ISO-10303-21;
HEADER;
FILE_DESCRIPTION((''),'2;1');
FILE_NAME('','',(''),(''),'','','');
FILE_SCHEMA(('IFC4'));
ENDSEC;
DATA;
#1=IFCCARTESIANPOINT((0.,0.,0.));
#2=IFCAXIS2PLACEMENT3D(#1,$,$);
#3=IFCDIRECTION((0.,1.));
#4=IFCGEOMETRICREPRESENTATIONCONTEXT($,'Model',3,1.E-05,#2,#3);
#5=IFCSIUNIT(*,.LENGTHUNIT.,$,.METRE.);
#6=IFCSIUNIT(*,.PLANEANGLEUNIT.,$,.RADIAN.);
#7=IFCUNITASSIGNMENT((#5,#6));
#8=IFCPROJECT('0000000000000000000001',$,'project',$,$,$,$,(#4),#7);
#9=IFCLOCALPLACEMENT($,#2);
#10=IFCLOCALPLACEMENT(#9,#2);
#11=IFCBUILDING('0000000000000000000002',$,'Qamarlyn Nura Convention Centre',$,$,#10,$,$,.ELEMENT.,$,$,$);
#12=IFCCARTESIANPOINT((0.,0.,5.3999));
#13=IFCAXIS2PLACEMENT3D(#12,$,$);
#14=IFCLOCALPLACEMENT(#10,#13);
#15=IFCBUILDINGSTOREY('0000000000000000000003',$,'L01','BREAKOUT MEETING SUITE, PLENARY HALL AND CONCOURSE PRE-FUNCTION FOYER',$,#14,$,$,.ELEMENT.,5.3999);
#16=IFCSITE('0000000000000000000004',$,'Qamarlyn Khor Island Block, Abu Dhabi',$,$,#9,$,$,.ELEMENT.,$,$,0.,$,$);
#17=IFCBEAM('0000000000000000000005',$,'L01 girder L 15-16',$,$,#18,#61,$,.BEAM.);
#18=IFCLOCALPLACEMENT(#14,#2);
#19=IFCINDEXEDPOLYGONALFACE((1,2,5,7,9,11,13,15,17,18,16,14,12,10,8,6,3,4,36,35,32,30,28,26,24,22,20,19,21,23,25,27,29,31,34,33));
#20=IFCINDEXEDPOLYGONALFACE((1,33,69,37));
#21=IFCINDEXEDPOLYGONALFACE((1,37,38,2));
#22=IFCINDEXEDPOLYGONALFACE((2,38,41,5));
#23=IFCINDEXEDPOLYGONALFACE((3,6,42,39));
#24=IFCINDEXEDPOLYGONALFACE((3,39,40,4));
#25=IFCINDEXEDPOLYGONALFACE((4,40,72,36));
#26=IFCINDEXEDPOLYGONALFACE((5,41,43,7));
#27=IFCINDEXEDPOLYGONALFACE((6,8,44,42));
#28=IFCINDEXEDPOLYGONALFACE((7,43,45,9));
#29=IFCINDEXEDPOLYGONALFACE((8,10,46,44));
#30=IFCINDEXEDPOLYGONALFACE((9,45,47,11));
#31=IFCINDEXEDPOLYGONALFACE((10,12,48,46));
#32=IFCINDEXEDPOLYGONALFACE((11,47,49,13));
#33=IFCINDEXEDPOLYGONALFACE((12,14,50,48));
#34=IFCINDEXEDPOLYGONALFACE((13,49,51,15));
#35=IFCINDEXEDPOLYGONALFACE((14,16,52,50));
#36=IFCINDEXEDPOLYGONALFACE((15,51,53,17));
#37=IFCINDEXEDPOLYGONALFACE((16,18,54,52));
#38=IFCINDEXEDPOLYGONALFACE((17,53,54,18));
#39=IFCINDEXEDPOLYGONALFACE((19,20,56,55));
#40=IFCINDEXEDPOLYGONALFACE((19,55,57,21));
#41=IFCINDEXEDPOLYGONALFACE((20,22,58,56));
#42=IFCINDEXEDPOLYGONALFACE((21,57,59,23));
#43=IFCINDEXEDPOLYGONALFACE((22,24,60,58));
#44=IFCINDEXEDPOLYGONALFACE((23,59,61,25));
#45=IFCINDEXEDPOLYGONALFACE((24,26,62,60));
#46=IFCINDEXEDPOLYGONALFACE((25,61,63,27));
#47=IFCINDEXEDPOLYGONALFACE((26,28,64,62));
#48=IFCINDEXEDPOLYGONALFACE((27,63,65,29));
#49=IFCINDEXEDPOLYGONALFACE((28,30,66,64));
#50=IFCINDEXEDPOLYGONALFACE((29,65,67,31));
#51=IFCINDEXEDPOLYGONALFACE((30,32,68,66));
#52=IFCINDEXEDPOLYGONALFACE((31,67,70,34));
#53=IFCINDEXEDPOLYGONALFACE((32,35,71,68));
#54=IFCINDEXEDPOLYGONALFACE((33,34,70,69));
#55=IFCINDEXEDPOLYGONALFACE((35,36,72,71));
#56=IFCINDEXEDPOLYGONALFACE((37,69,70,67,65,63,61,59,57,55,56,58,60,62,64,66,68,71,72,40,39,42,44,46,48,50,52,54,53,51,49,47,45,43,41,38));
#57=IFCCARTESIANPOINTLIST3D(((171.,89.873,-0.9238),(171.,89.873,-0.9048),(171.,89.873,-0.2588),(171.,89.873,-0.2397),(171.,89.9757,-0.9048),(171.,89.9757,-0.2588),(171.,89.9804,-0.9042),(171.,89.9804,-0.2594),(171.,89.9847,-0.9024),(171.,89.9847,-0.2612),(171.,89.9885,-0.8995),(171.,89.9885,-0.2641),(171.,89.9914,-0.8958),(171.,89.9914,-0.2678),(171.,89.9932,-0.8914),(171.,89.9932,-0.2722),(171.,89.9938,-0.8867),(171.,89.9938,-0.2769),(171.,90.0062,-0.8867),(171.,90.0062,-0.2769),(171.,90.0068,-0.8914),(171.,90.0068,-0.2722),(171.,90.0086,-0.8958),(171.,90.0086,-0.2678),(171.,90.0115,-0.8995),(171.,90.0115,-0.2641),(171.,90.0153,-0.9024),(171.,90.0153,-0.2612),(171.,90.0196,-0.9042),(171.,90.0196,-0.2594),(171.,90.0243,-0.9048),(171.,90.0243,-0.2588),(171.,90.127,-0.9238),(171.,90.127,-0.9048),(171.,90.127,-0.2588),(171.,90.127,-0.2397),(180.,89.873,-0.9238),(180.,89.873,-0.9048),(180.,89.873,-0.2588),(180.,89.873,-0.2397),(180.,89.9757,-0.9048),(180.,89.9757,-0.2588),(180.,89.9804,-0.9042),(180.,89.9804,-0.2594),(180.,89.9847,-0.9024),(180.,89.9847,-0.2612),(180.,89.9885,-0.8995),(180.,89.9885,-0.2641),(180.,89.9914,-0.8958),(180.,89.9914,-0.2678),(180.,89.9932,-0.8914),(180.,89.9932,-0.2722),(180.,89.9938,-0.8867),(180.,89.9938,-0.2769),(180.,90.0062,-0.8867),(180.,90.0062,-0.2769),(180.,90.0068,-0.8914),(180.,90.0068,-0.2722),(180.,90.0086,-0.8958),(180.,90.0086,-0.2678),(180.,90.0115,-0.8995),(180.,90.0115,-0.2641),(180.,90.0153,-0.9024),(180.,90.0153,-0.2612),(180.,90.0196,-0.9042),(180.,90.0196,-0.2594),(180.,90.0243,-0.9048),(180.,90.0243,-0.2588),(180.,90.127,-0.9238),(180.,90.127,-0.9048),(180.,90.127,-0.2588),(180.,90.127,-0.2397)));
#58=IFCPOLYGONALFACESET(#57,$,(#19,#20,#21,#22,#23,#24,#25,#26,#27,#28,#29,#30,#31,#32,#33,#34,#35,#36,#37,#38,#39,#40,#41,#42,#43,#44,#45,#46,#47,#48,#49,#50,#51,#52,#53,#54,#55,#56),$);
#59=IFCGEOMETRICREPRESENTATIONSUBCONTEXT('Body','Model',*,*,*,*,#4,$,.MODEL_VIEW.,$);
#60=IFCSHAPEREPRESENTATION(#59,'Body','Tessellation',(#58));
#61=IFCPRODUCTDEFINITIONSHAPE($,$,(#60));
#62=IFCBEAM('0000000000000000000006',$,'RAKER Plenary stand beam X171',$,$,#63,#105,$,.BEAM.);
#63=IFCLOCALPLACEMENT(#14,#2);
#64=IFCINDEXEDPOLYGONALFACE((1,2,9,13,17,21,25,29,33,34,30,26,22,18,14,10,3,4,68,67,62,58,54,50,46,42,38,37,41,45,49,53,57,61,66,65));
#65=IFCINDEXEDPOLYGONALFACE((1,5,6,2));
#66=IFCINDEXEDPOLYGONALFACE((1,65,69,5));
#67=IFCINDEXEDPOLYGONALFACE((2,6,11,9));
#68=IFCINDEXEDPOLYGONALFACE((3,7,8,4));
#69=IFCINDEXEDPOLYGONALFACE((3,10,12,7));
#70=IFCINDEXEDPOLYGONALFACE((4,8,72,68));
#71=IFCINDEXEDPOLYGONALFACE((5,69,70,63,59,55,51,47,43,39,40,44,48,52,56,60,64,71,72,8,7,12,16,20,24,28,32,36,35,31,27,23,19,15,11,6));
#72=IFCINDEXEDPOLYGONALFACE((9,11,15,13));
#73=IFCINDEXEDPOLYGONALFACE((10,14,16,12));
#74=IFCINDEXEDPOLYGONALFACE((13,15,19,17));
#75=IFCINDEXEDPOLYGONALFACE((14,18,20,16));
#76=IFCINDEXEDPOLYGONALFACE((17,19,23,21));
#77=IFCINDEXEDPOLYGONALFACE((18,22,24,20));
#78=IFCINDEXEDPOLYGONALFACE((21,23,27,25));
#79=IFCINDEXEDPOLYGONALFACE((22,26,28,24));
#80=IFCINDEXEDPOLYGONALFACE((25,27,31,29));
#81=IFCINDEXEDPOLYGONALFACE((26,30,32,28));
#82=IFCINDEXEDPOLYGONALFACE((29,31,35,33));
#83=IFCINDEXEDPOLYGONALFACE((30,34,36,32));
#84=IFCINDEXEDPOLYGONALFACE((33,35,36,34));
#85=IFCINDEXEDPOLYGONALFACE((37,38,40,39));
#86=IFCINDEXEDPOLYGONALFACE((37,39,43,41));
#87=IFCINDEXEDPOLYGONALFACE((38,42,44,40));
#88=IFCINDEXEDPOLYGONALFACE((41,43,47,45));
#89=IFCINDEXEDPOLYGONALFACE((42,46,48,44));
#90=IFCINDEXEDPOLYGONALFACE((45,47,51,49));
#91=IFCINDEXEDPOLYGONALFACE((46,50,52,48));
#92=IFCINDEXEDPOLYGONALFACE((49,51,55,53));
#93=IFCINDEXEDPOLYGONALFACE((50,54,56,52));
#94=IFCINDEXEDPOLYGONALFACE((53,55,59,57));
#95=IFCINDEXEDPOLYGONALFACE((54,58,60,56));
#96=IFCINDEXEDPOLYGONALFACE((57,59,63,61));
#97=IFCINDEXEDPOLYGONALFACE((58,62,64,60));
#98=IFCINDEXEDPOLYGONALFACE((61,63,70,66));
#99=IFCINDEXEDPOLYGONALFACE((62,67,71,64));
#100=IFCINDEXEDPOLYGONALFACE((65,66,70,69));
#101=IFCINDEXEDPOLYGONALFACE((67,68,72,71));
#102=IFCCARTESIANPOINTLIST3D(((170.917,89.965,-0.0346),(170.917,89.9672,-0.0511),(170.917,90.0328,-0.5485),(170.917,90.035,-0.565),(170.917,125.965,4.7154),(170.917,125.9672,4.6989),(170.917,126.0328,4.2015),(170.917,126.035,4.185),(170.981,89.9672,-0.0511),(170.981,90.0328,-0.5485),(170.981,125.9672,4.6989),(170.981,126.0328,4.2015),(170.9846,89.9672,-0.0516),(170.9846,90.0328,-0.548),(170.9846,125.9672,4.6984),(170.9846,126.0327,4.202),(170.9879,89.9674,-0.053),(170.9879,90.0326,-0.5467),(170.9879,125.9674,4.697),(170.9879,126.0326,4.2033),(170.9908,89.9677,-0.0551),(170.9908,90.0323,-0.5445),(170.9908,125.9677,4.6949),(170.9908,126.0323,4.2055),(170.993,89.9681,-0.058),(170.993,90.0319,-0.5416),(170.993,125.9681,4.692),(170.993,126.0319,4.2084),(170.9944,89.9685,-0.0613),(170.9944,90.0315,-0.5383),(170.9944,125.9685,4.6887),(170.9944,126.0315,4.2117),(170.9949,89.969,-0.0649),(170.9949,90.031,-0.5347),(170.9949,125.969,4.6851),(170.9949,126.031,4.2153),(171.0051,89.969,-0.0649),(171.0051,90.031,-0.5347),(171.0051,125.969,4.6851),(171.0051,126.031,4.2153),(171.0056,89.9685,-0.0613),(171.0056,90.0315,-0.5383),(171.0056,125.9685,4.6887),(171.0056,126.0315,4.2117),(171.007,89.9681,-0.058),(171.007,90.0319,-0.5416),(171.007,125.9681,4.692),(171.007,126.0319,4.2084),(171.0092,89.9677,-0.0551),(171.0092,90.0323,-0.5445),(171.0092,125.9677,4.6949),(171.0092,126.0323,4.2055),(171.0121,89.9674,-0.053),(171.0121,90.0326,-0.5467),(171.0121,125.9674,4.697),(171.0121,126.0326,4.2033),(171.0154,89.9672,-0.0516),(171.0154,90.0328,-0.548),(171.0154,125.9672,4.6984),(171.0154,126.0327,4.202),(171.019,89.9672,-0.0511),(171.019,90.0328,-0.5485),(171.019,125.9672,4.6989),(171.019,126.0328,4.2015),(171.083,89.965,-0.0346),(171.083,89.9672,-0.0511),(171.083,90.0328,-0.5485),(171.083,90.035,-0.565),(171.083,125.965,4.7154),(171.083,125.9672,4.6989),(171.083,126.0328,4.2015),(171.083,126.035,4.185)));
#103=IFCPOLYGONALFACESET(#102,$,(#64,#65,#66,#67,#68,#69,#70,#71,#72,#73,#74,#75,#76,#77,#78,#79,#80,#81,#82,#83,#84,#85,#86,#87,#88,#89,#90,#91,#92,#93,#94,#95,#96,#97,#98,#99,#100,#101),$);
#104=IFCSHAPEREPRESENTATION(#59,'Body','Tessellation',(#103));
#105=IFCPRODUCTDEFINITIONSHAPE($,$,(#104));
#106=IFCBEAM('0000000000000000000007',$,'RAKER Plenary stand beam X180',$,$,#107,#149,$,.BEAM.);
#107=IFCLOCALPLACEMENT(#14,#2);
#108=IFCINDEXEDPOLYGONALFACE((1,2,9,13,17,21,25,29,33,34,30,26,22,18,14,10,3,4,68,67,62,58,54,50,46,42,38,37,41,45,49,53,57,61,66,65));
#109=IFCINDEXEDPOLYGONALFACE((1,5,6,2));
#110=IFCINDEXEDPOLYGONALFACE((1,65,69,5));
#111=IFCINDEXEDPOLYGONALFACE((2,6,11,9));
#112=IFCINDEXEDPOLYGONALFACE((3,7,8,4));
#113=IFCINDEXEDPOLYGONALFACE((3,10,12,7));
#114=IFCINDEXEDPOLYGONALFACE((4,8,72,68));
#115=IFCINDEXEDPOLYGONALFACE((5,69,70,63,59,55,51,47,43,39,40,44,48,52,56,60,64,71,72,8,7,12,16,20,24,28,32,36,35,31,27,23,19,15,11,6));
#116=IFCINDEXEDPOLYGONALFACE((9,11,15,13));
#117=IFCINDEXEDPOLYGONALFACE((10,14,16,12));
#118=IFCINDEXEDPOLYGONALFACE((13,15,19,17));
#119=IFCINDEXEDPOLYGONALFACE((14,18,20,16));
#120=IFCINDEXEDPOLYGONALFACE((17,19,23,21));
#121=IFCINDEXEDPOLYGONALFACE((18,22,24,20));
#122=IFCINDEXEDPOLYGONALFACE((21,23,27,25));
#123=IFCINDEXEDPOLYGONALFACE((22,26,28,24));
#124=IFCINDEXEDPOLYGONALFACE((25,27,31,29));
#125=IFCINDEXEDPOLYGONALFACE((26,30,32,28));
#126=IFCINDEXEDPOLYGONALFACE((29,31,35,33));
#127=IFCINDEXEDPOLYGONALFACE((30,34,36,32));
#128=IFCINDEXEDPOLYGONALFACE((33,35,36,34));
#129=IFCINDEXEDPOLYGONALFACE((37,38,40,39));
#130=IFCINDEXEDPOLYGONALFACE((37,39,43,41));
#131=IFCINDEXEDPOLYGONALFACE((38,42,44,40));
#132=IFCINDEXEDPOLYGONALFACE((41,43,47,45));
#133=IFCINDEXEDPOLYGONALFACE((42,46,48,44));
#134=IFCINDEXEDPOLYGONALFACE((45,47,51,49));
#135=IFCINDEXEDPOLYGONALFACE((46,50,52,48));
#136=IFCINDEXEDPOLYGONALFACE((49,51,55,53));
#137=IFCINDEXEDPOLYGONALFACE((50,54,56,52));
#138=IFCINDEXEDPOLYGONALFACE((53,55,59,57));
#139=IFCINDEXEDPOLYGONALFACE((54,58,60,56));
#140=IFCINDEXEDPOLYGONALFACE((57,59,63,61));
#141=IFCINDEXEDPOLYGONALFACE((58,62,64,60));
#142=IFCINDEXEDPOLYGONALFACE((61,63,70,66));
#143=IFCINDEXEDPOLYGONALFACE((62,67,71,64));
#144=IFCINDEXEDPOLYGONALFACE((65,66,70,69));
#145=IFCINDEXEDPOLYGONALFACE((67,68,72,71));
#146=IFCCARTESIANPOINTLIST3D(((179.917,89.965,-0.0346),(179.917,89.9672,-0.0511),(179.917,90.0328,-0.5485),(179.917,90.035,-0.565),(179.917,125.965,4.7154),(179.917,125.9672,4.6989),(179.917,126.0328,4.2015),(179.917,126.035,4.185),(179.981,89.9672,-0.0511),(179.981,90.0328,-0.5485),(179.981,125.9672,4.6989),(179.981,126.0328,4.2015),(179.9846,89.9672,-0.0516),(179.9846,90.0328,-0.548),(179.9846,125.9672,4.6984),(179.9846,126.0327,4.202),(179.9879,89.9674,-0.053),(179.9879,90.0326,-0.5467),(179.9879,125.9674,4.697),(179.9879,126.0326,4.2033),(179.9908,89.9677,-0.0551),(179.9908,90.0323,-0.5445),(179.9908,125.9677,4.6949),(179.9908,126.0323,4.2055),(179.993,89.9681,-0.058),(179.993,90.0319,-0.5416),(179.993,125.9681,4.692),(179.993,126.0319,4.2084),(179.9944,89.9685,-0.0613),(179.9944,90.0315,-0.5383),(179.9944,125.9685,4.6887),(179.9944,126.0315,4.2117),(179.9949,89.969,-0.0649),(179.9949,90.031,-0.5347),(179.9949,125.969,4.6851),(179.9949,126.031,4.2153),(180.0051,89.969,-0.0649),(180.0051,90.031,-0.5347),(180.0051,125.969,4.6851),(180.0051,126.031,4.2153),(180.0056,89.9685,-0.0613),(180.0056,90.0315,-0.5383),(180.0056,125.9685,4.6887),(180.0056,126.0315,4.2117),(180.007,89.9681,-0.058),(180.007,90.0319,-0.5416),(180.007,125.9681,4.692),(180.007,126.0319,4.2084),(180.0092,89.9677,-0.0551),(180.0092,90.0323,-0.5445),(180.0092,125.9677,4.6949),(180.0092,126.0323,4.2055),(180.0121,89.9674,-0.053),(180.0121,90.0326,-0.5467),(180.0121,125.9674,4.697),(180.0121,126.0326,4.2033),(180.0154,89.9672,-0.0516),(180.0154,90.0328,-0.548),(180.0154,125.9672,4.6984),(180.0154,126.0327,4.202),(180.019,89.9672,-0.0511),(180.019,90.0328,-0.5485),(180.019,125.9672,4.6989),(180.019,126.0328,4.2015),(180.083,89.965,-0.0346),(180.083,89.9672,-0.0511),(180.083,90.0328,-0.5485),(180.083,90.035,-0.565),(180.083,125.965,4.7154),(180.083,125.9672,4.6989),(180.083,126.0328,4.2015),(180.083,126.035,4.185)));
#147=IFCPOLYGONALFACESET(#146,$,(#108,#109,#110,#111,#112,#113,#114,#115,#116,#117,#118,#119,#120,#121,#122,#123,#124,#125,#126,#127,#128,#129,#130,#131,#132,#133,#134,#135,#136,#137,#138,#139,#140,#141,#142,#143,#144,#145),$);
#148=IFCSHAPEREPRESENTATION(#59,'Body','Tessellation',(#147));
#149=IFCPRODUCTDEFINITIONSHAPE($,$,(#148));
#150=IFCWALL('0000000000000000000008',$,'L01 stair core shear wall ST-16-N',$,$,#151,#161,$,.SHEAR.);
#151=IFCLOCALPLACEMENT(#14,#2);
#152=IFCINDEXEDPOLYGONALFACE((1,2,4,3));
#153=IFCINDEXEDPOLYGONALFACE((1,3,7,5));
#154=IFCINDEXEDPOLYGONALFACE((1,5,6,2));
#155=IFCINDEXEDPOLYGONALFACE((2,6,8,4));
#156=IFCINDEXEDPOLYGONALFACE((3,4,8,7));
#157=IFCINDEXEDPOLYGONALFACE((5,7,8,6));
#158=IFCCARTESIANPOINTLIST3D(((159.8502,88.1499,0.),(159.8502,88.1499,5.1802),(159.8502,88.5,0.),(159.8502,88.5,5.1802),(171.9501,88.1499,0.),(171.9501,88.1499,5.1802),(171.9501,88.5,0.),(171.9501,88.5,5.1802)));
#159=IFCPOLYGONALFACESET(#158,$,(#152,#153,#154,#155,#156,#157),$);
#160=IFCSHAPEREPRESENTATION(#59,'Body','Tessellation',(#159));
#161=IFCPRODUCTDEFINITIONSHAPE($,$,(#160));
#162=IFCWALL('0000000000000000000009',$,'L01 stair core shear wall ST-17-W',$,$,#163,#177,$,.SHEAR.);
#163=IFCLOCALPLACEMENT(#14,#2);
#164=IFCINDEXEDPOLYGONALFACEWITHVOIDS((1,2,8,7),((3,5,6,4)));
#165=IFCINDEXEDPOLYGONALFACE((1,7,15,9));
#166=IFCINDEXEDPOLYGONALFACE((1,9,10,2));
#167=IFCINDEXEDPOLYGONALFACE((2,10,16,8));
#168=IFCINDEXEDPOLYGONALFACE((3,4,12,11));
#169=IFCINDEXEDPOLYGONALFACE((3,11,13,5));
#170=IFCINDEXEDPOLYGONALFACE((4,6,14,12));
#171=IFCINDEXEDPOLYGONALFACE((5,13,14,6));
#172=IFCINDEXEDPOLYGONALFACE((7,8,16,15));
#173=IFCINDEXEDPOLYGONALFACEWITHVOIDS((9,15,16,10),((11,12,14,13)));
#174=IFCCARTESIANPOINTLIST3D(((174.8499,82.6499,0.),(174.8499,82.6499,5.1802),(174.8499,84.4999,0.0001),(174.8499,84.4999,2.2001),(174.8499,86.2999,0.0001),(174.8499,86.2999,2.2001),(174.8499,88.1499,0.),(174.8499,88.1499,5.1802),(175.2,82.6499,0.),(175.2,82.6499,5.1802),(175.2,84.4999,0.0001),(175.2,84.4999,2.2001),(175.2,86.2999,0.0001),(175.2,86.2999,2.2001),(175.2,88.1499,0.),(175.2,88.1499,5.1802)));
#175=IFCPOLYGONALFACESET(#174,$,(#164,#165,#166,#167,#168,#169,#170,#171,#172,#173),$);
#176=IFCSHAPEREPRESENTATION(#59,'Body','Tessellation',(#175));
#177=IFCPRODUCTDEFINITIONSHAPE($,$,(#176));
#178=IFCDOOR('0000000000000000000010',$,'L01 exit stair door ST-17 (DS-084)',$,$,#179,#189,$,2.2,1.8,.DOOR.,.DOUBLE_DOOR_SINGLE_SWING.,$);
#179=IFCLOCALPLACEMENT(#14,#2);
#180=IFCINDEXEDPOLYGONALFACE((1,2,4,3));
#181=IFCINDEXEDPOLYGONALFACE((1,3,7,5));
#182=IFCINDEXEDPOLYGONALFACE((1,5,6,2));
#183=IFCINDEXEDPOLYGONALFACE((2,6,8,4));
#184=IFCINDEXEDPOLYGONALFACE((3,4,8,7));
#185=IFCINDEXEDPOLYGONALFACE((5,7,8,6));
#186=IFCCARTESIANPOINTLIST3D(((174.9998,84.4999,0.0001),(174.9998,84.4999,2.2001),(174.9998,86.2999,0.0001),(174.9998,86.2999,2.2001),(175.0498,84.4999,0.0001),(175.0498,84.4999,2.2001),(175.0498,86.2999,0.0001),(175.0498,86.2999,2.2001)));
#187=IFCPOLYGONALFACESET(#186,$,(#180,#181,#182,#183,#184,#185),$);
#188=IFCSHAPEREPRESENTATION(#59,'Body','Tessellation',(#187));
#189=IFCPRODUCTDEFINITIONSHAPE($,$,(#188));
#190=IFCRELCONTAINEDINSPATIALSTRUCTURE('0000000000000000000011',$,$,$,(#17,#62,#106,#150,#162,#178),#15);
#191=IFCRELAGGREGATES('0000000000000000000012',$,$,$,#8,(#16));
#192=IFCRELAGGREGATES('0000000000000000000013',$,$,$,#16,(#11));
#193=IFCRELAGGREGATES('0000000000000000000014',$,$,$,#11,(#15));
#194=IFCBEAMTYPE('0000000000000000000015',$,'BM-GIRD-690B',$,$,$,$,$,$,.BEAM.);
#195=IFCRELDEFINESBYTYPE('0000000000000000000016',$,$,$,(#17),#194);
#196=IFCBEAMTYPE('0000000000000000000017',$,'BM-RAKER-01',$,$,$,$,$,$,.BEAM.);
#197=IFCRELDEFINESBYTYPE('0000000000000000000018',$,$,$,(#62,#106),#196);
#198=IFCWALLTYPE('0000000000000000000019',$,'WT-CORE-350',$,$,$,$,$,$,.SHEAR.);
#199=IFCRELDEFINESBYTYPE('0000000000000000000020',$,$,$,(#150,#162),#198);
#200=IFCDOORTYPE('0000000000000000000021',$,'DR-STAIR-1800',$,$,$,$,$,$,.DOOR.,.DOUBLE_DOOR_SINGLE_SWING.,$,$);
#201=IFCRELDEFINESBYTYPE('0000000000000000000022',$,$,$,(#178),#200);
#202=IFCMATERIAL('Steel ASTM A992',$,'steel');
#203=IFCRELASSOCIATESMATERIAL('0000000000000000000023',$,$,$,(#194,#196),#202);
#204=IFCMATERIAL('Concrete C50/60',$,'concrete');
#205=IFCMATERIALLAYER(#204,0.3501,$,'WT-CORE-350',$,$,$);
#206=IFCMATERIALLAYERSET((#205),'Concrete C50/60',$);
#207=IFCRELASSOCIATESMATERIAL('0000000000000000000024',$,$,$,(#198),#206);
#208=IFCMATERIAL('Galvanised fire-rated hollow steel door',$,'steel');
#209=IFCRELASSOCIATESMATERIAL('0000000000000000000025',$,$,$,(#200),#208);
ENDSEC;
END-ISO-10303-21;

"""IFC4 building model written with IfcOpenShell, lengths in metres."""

from ifc_helpers import new_model, si_unit, direction, frame, frame_2d, origin, origin_2d, place, context, subcontext, project, spatial, rectangle, i_section, extrude, material, layer, layer_set, material_profile, profile_set, type_object, element, fill, save


model = new_model("IFC4")

# Units and contexts
model_context = context("Model", 3, precision=1e-05, world=origin(), true_north=direction((0.0, 1.0)))
body_context = subcontext(model_context, "Body", "Model", "MODEL_VIEW")
ifc_project = project(units=[si_unit("LENGTHUNIT", "METRE"), si_unit("PLANEANGLEUNIT", "RADIAN")], contexts=[model_context])

# Site, building, storey
site_placement = place(None, origin())
site = spatial("IfcSite", under=ifc_project, at=site_placement, Name="Qamarlyn Khor Island Block, Abu Dhabi", CompositionType="ELEMENT", RefElevation=0.0)
building_placement = place(site_placement, origin())
building = spatial("IfcBuilding", under=site, at=building_placement, Name="Qamarlyn Nura Convention Centre", CompositionType="ELEMENT")
storey_placement = place(building_placement, frame((0.0, 0.0, 5.3999)))
storey = spatial("IfcBuildingStorey", under=building, at=storey_placement, Name="L01", Description="BREAKOUT MEETING SUITE, PLENARY HALL AND CONCOURSE PRE-FUNCTION FOYER", CompositionType="ELEMENT", Elevation=5.3999)

# Shared definitions
ifc_material_1 = material(Name="Steel ASTM A992", Category="steel")

# Beams
ifc_material_profile_1 = material_profile(ifc_material_1, i_section(OverallWidth=0.2539, OverallDepth=0.6841, WebThickness=0.0125, FlangeThickness=0.019, FilletRadius=0.0181, at=origin_2d()), Name="W690X140")
ifc_profile_set_1 = profile_set([ifc_material_profile_1], Name="Steel ASTM A992")
beam_type_1 = type_object("IfcBeamType", Name="BM-GIRD-690B", PredefinedType="BEAM", material=ifc_profile_set_1)
beam_1_placement = place(storey_placement, frame((171.0, 90.0, -0.5818), z_axis=(1.0, 0.0, 0.0), x_axis=(0.0, 1.0, 0.0)))
element("IfcBeam", 1, at=beam_1_placement, inside=storey, type_object=beam_type_1, Name="L01 girder L 15-16", PredefinedType="BEAM", context=body_context, shape_type="SweptSolid", body=[
    extrude(i_section(OverallWidth=0.2539, OverallDepth=0.6841, WebThickness=0.0125, FlangeThickness=0.019, FilletRadius=0.0181, at=origin_2d()), origin(), (0.0, 0.0, 1.0), 9.0),
])
ifc_material_profile_2 = material_profile(ifc_material_1, i_section(OverallWidth=0.166, OverallDepth=0.5349, WebThickness=0.0103, FlangeThickness=0.0166, FilletRadius=0.0139, at=origin_2d()), Name="W530X85")
ifc_profile_set_2 = profile_set([ifc_material_profile_2], Name="Steel ASTM A992")
beam_type_2 = type_object("IfcBeamType", Name="BM-RAKER-01", PredefinedType="BEAM", material=ifc_profile_set_2)
for number, where, z_axis, x_axis, name in (
    (2, (171.0, 90.0, -0.2998), (0.0, 0.991407, 0.130811), (-1.0, 0.0, 0.0), "RAKER Plenary stand beam X171"),
    (3, (180.0, 90.0, -0.2998), (0.0, 0.991407, 0.130811), (-1.0, 0.0, 0.0), "RAKER Plenary stand beam X180"),
):
    element("IfcBeam", number, at=place(storey_placement, frame(where, z_axis=z_axis, x_axis=x_axis)), inside=storey, type_object=beam_type_2, Name=name, PredefinedType="BEAM", context=body_context, shape_type="SweptSolid", body=[
        extrude(i_section(OverallWidth=0.166, OverallDepth=0.5349, WebThickness=0.0103, FlangeThickness=0.0166, FilletRadius=0.0139, at=origin_2d()), origin(), (0.0, 0.0, 1.0), 36.312),
    ])

# Wall
ifc_material_2 = material(Name="Concrete C50/60", Category="concrete")
ifc_layer = layer(ifc_material_2, 0.3501, Name="WT-CORE-350")
ifc_layer_set = layer_set([ifc_layer], Name="Concrete C50/60")
wall_type = type_object("IfcWallType", Name="WT-CORE-350", PredefinedType="SHEAR", material=ifc_layer_set)
wall_1_placement = place(storey_placement, frame((171.95, 88.325, 0.0), z_axis=(0.0, 0.0, 1.0), x_axis=(-1.0, 0.0, 0.0)))
element("IfcWall", 4, at=wall_1_placement, inside=storey, type_object=wall_type, Name="L01 stair core shear wall ST-16-N", PredefinedType="SHEAR", context=body_context, shape_type="SweptSolid", body=[
    extrude(rectangle(XDim=12.0999, YDim=0.3501, at=frame_2d((6.0498, 0.0))), origin(), (0.0, 0.0, 1.0), 5.1802),
])

# Wall, opening, door
wall_2_placement = place(storey_placement, frame((175.0249, 88.1499, 0.0), z_axis=(0.0, 0.0, 1.0), x_axis=(0.0, -1.0, 0.0)))
wall_2 = element("IfcWall", 5, at=wall_2_placement, inside=storey, type_object=wall_type, Name="L01 stair core shear wall ST-17-W", PredefinedType="SHEAR", context=body_context, shape_type="SweptSolid", body=[
    extrude(rectangle(XDim=5.5, YDim=0.3501, at=frame_2d((2.75, 0.0))), origin(), (0.0, 0.0, 1.0), 5.1802),
])
opening_placement = place(wall_2_placement, frame((1.8501, 0.0, 0.0)))
opening = element("IfcOpeningElement", 6, at=opening_placement, cuts=wall_2, PredefinedType="OPENING", context=body_context, shape_type="SweptSolid", body=[
    extrude(rectangle(XDim=1.8, YDim=2.2, at=frame_2d((0.8999, 1.1001))), frame((0.0, 0.1851, 0.0), z_axis=(0.0, -1.0, 0.0), x_axis=(1.0, 0.0, 0.0)), (0.0, 0.0, 1.0), 0.3701),
])
ifc_material_3 = material(Name="Galvanised fire-rated hollow steel door", Category="steel")
door_type = type_object("IfcDoorType", Name="DR-STAIR-1800", OperationType="DOUBLE_DOOR_SINGLE_SWING", PredefinedType="DOOR", material=ifc_material_3)
door_placement = place(opening_placement, origin())
door = element("IfcDoor", 7, at=door_placement, inside=storey, type_object=door_type, Name="L01 exit stair door ST-17 (DS-084)", OperationType="DOUBLE_DOOR_SINGLE_SWING", OverallHeight=2.2, OverallWidth=1.8, PredefinedType="DOOR", context=body_context, shape_type="SweptSolid", body=[
    extrude(rectangle(XDim=1.8, YDim=2.2, at=frame_2d((0.8999, 1.1001))), frame((0.0, 0.0249, 0.0), z_axis=(0.0, -1.0, 0.0), x_axis=(1.0, 0.0, 0.0)), (0.0, 0.0, 1.0), 0.05),
])
fill(opening, door)

save(model, "model.ifc")
